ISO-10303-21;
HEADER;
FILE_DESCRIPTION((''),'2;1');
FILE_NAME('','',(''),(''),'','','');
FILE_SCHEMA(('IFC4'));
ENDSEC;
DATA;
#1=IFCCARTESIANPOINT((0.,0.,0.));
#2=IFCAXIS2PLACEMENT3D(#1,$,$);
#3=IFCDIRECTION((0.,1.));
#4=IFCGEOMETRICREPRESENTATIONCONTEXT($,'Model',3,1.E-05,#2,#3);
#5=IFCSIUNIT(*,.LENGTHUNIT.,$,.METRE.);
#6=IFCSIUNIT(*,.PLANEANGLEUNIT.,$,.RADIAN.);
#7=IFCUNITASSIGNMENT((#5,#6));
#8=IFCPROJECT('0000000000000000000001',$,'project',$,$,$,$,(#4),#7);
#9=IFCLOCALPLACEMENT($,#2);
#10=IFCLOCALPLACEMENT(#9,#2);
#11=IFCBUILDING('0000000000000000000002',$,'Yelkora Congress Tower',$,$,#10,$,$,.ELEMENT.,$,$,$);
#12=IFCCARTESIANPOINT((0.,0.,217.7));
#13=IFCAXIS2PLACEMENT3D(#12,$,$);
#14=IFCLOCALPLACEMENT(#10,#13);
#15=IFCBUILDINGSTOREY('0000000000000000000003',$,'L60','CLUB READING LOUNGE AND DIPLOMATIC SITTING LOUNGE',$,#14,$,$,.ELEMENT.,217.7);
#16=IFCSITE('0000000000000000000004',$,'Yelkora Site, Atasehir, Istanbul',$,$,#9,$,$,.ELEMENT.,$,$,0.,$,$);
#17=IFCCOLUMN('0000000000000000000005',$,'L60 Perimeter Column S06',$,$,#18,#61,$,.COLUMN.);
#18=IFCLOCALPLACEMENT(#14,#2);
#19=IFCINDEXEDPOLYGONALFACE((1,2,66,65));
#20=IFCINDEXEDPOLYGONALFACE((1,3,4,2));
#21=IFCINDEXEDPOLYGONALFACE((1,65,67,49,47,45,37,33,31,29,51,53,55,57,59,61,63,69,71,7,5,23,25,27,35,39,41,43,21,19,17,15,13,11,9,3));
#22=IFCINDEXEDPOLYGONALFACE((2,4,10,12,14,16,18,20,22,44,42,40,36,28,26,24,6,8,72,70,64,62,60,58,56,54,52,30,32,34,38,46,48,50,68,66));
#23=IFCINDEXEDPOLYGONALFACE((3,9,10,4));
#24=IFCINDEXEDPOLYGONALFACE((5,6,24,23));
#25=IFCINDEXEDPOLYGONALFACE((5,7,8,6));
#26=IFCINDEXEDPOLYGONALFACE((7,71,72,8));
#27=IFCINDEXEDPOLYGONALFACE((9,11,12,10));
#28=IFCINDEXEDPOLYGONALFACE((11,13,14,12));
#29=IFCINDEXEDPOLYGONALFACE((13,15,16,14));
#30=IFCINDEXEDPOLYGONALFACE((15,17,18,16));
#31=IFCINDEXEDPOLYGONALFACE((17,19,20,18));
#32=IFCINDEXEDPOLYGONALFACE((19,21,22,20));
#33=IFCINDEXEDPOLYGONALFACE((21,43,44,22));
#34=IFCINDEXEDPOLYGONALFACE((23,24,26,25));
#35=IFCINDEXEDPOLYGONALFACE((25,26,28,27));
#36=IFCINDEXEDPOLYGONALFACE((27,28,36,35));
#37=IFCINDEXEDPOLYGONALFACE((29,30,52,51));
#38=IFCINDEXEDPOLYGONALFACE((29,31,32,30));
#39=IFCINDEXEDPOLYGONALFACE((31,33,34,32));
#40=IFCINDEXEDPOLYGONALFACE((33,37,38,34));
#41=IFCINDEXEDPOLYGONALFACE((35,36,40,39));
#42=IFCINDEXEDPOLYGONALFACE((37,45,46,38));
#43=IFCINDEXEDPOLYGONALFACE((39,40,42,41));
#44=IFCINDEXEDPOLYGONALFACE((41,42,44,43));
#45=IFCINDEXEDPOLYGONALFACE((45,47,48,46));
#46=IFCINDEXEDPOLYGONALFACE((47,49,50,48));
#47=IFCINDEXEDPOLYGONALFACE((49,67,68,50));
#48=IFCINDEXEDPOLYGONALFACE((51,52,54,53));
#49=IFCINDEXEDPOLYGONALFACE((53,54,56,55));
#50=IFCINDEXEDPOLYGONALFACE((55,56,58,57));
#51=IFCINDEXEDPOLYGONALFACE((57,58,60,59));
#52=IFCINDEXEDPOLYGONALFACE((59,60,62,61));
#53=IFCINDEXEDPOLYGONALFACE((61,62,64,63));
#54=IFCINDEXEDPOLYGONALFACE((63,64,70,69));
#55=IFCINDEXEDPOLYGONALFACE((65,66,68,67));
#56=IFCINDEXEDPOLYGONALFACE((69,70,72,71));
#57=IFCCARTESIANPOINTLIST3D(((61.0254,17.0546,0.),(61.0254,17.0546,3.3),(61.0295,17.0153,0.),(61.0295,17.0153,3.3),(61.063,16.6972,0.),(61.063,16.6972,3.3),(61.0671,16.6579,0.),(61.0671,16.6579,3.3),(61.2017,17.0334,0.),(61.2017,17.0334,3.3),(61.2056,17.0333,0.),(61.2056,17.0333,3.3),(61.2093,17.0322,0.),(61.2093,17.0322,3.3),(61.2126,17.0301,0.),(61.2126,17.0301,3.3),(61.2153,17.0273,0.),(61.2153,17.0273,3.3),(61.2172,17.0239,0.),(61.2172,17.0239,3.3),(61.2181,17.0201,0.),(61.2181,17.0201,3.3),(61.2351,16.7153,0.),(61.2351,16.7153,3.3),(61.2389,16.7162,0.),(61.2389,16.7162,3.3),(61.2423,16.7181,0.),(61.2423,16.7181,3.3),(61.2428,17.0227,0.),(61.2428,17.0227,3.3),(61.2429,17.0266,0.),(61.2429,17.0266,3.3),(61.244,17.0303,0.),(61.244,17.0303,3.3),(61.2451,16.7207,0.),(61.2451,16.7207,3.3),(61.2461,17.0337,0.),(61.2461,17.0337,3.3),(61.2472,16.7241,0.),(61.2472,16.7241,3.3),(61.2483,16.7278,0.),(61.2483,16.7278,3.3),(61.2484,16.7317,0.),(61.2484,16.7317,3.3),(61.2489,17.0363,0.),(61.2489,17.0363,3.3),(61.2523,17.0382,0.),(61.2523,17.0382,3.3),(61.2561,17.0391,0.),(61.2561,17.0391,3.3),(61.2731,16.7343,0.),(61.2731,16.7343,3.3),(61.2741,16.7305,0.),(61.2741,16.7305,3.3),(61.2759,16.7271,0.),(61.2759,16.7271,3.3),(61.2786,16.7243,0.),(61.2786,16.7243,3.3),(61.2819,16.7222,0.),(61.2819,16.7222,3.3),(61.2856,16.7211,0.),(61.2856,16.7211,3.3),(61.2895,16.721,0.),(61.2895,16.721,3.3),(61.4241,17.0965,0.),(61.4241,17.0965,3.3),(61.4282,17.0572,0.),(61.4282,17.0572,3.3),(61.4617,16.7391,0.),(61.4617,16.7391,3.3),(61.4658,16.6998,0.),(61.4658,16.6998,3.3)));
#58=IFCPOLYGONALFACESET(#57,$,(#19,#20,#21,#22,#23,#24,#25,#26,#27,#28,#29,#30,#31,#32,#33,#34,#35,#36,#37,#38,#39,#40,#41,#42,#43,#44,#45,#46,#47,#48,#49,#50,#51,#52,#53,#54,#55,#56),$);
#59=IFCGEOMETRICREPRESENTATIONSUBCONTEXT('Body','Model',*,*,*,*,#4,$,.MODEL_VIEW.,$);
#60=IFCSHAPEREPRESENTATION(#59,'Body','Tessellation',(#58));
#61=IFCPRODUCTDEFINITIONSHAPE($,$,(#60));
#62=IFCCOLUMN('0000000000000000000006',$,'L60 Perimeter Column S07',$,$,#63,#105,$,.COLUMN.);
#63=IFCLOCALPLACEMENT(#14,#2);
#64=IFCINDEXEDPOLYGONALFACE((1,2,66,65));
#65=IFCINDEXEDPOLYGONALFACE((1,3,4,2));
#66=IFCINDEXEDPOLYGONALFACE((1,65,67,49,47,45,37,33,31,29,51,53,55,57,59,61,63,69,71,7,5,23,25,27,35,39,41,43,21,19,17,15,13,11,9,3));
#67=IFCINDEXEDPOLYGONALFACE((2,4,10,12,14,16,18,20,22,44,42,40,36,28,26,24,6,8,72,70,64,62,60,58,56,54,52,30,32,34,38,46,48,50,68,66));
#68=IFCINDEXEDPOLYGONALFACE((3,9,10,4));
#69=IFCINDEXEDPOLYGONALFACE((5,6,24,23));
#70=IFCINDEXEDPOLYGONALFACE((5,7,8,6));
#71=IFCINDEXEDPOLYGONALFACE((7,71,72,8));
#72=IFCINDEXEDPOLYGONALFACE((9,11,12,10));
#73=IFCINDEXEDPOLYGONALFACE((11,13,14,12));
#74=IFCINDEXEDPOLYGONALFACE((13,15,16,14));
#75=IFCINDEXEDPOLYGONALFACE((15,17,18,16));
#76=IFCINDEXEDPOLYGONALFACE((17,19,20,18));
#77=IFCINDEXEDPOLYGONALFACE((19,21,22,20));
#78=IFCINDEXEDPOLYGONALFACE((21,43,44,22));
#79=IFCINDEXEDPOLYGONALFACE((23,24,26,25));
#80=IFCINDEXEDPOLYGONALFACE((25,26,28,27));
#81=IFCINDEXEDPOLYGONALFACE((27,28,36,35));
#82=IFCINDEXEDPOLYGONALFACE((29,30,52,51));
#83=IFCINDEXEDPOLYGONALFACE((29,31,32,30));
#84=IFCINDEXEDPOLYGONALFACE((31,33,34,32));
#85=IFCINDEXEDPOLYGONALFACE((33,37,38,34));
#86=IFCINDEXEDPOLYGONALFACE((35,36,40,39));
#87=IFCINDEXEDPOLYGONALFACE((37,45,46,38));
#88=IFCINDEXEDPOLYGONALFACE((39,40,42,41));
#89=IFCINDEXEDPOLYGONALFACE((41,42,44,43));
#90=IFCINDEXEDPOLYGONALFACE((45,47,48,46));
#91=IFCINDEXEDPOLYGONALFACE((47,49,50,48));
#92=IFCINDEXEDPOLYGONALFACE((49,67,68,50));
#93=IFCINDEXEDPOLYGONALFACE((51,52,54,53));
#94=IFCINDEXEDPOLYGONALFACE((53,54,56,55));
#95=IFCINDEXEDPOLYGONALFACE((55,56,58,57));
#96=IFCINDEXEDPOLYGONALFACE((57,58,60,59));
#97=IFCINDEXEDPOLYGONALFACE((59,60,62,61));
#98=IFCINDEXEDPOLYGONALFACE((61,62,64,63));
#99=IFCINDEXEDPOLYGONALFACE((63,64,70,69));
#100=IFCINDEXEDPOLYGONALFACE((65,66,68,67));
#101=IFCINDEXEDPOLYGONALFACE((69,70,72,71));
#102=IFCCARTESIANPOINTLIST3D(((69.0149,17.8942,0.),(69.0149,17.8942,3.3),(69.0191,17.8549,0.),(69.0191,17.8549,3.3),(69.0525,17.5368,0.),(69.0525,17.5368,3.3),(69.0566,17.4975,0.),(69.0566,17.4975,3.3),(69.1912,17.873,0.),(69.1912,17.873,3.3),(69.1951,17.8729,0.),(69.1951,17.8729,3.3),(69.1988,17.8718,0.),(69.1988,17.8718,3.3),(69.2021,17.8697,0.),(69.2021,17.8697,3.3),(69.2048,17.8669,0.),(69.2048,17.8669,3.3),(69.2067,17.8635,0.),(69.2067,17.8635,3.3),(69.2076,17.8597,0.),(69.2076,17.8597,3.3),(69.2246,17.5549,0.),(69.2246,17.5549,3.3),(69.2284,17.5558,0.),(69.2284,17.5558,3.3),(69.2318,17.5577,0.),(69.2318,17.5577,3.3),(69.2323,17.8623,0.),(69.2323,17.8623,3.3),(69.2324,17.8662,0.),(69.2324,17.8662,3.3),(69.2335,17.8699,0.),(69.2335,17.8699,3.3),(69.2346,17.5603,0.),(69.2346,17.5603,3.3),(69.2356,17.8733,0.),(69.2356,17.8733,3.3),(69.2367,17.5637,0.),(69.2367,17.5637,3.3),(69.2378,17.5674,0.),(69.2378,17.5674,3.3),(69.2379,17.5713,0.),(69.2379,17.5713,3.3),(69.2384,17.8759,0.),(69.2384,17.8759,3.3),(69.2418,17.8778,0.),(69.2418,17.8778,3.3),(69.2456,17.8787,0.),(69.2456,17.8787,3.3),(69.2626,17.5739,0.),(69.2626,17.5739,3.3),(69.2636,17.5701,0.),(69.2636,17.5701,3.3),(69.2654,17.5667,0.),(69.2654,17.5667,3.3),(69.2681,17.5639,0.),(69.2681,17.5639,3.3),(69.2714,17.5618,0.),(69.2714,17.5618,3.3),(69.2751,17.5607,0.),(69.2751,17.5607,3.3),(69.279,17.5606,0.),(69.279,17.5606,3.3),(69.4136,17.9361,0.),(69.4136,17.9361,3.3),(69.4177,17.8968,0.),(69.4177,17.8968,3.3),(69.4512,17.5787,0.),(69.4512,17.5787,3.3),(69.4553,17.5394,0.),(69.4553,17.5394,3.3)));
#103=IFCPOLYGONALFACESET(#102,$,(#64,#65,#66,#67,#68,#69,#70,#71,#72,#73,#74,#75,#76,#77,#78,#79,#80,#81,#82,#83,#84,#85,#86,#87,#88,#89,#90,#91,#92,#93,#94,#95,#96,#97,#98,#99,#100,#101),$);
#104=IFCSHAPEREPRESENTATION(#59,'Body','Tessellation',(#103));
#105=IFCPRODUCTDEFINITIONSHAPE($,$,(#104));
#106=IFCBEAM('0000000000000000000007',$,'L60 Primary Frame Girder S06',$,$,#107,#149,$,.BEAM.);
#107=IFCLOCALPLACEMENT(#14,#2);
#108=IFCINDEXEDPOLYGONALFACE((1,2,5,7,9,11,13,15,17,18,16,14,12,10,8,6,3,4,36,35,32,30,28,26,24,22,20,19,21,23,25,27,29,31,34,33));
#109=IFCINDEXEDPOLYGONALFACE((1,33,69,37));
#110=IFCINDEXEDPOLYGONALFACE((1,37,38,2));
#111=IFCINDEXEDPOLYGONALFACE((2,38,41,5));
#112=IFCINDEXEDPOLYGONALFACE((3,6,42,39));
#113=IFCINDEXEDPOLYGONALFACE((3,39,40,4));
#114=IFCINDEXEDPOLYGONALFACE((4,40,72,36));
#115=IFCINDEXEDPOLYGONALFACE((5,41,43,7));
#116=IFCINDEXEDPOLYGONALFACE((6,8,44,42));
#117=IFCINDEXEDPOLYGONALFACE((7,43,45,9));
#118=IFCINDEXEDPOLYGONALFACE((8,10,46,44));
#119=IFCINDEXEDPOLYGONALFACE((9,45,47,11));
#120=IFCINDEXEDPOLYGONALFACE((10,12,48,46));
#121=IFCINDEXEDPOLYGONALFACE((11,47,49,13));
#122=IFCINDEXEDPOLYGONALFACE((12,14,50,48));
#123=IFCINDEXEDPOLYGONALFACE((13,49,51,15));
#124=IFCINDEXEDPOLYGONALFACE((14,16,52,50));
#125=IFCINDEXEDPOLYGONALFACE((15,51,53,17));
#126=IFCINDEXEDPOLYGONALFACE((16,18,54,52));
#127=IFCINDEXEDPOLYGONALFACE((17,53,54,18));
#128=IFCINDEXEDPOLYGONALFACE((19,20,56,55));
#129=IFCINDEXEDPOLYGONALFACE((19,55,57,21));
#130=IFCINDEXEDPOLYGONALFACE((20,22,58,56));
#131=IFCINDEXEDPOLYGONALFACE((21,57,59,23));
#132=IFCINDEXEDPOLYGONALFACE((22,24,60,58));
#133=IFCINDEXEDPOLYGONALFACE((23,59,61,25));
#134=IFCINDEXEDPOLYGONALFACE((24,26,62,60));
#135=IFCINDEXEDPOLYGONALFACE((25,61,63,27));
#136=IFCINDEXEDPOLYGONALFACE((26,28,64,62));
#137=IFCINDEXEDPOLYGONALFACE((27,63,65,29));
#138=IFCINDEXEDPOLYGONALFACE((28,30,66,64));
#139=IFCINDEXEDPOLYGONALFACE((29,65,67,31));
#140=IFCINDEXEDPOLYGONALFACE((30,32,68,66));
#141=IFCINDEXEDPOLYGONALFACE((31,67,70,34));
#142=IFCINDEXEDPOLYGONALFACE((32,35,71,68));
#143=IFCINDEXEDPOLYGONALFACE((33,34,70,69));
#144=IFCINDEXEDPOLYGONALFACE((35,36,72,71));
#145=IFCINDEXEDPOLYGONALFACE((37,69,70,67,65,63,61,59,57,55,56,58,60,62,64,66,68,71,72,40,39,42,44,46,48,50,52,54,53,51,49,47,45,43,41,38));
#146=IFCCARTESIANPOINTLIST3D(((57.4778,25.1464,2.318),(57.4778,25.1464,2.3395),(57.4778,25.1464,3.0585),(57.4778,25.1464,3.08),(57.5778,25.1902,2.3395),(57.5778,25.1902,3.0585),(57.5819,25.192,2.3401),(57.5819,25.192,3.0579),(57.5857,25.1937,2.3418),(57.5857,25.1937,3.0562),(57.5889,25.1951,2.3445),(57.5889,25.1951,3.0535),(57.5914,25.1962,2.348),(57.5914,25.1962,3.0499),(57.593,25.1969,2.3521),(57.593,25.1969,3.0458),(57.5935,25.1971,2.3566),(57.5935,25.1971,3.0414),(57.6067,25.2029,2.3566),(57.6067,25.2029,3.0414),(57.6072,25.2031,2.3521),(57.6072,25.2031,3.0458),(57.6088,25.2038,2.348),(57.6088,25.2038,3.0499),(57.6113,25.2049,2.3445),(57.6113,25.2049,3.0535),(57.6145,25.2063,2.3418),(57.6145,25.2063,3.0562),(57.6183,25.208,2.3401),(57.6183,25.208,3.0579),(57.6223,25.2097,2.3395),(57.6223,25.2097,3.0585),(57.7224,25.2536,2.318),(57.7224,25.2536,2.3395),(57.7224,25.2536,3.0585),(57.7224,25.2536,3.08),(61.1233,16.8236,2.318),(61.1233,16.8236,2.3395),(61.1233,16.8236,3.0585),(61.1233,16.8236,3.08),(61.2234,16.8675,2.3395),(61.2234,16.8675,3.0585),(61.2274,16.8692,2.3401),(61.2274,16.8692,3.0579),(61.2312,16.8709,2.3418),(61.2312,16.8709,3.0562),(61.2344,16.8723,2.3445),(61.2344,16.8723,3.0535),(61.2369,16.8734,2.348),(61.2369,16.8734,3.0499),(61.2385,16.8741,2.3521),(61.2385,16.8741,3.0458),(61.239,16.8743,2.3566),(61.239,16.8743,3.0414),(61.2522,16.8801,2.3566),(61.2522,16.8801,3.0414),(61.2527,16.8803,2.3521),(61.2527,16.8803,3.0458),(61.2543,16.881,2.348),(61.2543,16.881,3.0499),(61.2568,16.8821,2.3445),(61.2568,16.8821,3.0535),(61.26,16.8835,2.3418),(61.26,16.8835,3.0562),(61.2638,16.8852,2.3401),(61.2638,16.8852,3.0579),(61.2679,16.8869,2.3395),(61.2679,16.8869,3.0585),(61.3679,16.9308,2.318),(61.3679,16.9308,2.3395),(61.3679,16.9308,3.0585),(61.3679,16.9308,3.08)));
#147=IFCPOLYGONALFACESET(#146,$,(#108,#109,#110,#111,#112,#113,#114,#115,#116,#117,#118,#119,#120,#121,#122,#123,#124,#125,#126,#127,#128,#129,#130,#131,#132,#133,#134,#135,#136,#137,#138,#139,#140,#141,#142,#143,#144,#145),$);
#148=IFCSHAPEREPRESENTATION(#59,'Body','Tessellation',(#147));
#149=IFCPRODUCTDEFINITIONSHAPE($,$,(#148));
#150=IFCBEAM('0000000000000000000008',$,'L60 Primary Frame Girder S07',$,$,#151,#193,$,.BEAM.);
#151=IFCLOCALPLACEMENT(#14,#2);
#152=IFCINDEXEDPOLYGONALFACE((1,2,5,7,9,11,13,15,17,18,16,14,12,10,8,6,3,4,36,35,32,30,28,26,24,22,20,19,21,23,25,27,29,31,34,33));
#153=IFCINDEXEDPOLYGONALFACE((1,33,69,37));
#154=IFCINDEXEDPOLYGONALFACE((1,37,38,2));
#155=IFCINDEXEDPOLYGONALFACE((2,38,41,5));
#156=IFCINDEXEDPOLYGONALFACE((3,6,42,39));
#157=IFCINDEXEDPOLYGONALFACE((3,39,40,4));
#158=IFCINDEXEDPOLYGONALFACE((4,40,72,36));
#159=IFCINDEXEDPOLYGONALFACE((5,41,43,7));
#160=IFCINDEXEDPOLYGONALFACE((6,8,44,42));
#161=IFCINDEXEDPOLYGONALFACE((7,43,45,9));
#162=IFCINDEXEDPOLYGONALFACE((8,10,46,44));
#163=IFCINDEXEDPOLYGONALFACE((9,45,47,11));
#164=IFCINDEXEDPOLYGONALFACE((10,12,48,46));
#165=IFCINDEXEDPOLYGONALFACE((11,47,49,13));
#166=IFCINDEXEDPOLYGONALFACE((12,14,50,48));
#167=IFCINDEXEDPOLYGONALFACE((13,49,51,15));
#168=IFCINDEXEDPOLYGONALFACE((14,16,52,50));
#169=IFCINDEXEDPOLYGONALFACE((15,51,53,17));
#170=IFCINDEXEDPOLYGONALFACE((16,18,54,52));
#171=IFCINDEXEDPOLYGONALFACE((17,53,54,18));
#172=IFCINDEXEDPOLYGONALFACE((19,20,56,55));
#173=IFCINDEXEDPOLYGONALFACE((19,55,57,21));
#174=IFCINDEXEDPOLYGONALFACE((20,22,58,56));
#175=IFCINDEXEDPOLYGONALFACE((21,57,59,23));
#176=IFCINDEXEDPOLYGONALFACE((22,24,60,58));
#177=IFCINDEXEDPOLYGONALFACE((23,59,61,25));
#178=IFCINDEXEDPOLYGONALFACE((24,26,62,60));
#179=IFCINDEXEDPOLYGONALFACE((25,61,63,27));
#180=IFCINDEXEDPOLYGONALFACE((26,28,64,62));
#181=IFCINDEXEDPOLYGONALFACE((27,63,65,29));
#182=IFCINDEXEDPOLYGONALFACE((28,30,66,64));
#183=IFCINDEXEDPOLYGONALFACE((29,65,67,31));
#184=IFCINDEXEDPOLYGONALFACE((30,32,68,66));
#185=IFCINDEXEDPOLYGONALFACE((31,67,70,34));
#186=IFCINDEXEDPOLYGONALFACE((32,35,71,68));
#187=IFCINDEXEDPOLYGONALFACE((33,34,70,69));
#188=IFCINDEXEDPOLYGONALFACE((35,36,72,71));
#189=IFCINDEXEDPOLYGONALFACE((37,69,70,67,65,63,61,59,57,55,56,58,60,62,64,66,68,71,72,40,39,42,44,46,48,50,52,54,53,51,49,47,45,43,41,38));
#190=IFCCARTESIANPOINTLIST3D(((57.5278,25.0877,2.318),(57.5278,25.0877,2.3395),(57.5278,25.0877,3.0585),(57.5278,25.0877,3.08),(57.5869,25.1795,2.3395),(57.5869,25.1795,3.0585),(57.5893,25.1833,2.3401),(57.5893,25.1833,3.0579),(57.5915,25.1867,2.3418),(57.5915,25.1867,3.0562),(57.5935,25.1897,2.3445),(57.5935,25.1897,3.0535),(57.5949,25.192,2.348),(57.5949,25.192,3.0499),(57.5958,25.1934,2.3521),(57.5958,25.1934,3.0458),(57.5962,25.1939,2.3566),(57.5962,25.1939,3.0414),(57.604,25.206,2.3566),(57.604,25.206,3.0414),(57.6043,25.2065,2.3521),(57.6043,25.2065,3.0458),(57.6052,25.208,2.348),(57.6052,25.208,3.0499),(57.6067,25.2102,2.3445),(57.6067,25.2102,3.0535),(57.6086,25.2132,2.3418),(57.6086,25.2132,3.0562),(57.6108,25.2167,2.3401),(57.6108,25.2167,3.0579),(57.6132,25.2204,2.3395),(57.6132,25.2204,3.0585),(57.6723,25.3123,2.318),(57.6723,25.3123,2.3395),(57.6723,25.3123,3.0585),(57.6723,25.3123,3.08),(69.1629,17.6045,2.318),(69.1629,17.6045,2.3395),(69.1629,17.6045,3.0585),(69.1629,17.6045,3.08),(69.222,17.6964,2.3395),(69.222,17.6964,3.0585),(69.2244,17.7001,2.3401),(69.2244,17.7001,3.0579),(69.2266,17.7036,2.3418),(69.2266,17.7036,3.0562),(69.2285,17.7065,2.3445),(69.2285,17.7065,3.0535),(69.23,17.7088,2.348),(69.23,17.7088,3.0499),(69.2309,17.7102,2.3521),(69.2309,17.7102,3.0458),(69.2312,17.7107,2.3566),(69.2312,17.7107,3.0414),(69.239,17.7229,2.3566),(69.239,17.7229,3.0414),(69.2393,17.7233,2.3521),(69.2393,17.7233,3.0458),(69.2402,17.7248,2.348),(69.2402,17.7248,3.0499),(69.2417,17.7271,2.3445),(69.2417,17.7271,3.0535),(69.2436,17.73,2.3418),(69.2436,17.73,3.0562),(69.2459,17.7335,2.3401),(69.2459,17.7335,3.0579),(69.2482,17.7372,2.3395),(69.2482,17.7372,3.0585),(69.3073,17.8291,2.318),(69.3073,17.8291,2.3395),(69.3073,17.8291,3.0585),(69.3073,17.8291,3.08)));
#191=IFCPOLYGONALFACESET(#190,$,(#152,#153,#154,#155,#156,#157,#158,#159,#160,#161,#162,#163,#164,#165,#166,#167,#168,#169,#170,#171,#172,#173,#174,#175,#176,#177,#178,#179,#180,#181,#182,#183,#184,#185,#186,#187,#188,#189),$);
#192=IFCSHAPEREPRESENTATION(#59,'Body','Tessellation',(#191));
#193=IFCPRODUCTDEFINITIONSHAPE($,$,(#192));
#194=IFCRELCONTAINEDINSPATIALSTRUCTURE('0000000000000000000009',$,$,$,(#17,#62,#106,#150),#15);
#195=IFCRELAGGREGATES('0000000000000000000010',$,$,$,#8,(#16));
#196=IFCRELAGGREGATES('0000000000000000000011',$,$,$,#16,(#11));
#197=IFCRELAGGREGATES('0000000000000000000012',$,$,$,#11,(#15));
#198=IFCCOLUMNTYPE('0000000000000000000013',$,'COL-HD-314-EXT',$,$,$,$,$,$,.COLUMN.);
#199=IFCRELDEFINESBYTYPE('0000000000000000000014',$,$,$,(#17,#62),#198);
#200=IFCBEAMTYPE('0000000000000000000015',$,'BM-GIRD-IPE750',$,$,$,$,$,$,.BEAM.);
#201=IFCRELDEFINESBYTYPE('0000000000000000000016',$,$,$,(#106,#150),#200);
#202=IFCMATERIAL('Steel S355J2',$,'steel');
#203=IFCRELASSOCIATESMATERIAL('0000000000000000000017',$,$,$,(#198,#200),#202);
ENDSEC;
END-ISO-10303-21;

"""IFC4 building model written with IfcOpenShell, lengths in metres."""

from ifc_helpers import new_model, si_unit, direction, frame, origin, origin_2d, place, context, subcontext, project, spatial, i_section, extrude, material, material_profile, profile_set, type_object, element, save


model = new_model("IFC4")

# Units and contexts
model_context = context("Model", 3, precision=1e-05, world=origin(), true_north=direction((0.0, 1.0)))
body_context = subcontext(model_context, "Body", "Model", "MODEL_VIEW")
ifc_project = project(units=[si_unit("LENGTHUNIT", "METRE"), si_unit("PLANEANGLEUNIT", "RADIAN")], contexts=[model_context])

# Site, building, storey
site_placement = place(None, origin())
site = spatial("IfcSite", under=ifc_project, at=site_placement, Name="Yelkora Site, Atasehir, Istanbul", CompositionType="ELEMENT", RefElevation=0.0)
building_placement = place(site_placement, origin())
building = spatial("IfcBuilding", under=site, at=building_placement, Name="Yelkora Congress Tower", CompositionType="ELEMENT")
storey_placement = place(building_placement, frame((0.0, 0.0, 217.7)))
storey = spatial("IfcBuildingStorey", under=building, at=storey_placement, Name="L60", Description="CLUB READING LOUNGE AND DIPLOMATIC SITTING LOUNGE", CompositionType="ELEMENT", Elevation=217.7)

# Columns
ifc_material_1 = material(Name="Steel S355J2", Category="steel")
ifc_material_profile_1 = material_profile(ifc_material_1, i_section(OverallWidth=0.4009, OverallDepth=0.3989, WebThickness=0.0249, FlangeThickness=0.0396, FilletRadius=0.0149, at=origin_2d()), Name="HD 400x314")
ifc_profile_set_1 = profile_set([ifc_material_profile_1], Name="Steel S355J2")
column_type = type_object("IfcColumnType", Name="COL-HD-314-EXT", PredefinedType="COLUMN", material=ifc_profile_set_1)
for number, where, z_axis, x_axis, name in (
    (1, (61.2456, 16.8772, 0.0), (0.0, 0.0, 1.0), (0.994522, 0.104528, 0.0), "L60 Perimeter Column S06"),
    (2, (69.2351, 17.7168, 0.0), (0.0, 0.0, 1.0), (0.994522, 0.104528, 0.0), "L60 Perimeter Column S07"),
):
    element("IfcColumn", number, at=place(storey_placement, frame(where, z_axis=z_axis, x_axis=x_axis)), inside=storey, type_object=column_type, Name=name, PredefinedType="COLUMN", context=body_context, shape_type="SweptSolid", body=[
        extrude(i_section(OverallWidth=0.4009, OverallDepth=0.3989, WebThickness=0.0249, FlangeThickness=0.0396, FilletRadius=0.0149, at=origin_2d()), origin(), (0.0, 0.0, 1.0), 3.3),
    ])

# Beams
ifc_material_profile_2 = material_profile(ifc_material_1, i_section(OverallWidth=0.2671, OverallDepth=0.762, WebThickness=0.0144, FlangeThickness=0.0215, FilletRadius=0.0171, at=origin_2d()), Name="IPE 750x173")
ifc_profile_set_2 = profile_set([ifc_material_profile_2], Name="Steel S355J2")
beam_type_1 = type_object("IfcBeamType", Name="BM-GIRD-IPE750", PredefinedType="BEAM", material=ifc_profile_set_2)
beam_1_placement = place(storey_placement, frame((61.2456, 16.8772, 2.699), z_axis=(-0.401216, 0.915983, 0.0), x_axis=(-0.915983, -0.401216, 0.0)))
element("IfcBeam", 3, at=beam_1_placement, inside=storey, type_object=beam_type_1, Name="L60 Primary Frame Girder S06", PredefinedType="BEAM", context=body_context, shape_type="SweptSolid", body=[
    extrude(i_section(OverallWidth=0.2671, OverallDepth=0.762, WebThickness=0.0144, FlangeThickness=0.0215, FilletRadius=0.0171, at=origin_2d()), origin(), (0.0, 0.0, 1.0), 9.0862),
])
beam_2_placement = place(storey_placement, frame((69.2351, 17.7168, 2.699), z_axis=(-0.841063, 0.540937, 0.0), x_axis=(-0.540937, -0.841063, 0.0)))
element("IfcBeam", 4, at=beam_2_placement, inside=storey, type_object=beam_type_1, Name="L60 Primary Frame Girder S07", PredefinedType="BEAM", context=body_context, shape_type="SweptSolid", body=[
    extrude(i_section(OverallWidth=0.2671, OverallDepth=0.762, WebThickness=0.0144, FlangeThickness=0.0215, FilletRadius=0.0171, at=origin_2d()), origin(), (0.0, 0.0, 1.0), 13.8337),
])

save(model, "model.ifc")
